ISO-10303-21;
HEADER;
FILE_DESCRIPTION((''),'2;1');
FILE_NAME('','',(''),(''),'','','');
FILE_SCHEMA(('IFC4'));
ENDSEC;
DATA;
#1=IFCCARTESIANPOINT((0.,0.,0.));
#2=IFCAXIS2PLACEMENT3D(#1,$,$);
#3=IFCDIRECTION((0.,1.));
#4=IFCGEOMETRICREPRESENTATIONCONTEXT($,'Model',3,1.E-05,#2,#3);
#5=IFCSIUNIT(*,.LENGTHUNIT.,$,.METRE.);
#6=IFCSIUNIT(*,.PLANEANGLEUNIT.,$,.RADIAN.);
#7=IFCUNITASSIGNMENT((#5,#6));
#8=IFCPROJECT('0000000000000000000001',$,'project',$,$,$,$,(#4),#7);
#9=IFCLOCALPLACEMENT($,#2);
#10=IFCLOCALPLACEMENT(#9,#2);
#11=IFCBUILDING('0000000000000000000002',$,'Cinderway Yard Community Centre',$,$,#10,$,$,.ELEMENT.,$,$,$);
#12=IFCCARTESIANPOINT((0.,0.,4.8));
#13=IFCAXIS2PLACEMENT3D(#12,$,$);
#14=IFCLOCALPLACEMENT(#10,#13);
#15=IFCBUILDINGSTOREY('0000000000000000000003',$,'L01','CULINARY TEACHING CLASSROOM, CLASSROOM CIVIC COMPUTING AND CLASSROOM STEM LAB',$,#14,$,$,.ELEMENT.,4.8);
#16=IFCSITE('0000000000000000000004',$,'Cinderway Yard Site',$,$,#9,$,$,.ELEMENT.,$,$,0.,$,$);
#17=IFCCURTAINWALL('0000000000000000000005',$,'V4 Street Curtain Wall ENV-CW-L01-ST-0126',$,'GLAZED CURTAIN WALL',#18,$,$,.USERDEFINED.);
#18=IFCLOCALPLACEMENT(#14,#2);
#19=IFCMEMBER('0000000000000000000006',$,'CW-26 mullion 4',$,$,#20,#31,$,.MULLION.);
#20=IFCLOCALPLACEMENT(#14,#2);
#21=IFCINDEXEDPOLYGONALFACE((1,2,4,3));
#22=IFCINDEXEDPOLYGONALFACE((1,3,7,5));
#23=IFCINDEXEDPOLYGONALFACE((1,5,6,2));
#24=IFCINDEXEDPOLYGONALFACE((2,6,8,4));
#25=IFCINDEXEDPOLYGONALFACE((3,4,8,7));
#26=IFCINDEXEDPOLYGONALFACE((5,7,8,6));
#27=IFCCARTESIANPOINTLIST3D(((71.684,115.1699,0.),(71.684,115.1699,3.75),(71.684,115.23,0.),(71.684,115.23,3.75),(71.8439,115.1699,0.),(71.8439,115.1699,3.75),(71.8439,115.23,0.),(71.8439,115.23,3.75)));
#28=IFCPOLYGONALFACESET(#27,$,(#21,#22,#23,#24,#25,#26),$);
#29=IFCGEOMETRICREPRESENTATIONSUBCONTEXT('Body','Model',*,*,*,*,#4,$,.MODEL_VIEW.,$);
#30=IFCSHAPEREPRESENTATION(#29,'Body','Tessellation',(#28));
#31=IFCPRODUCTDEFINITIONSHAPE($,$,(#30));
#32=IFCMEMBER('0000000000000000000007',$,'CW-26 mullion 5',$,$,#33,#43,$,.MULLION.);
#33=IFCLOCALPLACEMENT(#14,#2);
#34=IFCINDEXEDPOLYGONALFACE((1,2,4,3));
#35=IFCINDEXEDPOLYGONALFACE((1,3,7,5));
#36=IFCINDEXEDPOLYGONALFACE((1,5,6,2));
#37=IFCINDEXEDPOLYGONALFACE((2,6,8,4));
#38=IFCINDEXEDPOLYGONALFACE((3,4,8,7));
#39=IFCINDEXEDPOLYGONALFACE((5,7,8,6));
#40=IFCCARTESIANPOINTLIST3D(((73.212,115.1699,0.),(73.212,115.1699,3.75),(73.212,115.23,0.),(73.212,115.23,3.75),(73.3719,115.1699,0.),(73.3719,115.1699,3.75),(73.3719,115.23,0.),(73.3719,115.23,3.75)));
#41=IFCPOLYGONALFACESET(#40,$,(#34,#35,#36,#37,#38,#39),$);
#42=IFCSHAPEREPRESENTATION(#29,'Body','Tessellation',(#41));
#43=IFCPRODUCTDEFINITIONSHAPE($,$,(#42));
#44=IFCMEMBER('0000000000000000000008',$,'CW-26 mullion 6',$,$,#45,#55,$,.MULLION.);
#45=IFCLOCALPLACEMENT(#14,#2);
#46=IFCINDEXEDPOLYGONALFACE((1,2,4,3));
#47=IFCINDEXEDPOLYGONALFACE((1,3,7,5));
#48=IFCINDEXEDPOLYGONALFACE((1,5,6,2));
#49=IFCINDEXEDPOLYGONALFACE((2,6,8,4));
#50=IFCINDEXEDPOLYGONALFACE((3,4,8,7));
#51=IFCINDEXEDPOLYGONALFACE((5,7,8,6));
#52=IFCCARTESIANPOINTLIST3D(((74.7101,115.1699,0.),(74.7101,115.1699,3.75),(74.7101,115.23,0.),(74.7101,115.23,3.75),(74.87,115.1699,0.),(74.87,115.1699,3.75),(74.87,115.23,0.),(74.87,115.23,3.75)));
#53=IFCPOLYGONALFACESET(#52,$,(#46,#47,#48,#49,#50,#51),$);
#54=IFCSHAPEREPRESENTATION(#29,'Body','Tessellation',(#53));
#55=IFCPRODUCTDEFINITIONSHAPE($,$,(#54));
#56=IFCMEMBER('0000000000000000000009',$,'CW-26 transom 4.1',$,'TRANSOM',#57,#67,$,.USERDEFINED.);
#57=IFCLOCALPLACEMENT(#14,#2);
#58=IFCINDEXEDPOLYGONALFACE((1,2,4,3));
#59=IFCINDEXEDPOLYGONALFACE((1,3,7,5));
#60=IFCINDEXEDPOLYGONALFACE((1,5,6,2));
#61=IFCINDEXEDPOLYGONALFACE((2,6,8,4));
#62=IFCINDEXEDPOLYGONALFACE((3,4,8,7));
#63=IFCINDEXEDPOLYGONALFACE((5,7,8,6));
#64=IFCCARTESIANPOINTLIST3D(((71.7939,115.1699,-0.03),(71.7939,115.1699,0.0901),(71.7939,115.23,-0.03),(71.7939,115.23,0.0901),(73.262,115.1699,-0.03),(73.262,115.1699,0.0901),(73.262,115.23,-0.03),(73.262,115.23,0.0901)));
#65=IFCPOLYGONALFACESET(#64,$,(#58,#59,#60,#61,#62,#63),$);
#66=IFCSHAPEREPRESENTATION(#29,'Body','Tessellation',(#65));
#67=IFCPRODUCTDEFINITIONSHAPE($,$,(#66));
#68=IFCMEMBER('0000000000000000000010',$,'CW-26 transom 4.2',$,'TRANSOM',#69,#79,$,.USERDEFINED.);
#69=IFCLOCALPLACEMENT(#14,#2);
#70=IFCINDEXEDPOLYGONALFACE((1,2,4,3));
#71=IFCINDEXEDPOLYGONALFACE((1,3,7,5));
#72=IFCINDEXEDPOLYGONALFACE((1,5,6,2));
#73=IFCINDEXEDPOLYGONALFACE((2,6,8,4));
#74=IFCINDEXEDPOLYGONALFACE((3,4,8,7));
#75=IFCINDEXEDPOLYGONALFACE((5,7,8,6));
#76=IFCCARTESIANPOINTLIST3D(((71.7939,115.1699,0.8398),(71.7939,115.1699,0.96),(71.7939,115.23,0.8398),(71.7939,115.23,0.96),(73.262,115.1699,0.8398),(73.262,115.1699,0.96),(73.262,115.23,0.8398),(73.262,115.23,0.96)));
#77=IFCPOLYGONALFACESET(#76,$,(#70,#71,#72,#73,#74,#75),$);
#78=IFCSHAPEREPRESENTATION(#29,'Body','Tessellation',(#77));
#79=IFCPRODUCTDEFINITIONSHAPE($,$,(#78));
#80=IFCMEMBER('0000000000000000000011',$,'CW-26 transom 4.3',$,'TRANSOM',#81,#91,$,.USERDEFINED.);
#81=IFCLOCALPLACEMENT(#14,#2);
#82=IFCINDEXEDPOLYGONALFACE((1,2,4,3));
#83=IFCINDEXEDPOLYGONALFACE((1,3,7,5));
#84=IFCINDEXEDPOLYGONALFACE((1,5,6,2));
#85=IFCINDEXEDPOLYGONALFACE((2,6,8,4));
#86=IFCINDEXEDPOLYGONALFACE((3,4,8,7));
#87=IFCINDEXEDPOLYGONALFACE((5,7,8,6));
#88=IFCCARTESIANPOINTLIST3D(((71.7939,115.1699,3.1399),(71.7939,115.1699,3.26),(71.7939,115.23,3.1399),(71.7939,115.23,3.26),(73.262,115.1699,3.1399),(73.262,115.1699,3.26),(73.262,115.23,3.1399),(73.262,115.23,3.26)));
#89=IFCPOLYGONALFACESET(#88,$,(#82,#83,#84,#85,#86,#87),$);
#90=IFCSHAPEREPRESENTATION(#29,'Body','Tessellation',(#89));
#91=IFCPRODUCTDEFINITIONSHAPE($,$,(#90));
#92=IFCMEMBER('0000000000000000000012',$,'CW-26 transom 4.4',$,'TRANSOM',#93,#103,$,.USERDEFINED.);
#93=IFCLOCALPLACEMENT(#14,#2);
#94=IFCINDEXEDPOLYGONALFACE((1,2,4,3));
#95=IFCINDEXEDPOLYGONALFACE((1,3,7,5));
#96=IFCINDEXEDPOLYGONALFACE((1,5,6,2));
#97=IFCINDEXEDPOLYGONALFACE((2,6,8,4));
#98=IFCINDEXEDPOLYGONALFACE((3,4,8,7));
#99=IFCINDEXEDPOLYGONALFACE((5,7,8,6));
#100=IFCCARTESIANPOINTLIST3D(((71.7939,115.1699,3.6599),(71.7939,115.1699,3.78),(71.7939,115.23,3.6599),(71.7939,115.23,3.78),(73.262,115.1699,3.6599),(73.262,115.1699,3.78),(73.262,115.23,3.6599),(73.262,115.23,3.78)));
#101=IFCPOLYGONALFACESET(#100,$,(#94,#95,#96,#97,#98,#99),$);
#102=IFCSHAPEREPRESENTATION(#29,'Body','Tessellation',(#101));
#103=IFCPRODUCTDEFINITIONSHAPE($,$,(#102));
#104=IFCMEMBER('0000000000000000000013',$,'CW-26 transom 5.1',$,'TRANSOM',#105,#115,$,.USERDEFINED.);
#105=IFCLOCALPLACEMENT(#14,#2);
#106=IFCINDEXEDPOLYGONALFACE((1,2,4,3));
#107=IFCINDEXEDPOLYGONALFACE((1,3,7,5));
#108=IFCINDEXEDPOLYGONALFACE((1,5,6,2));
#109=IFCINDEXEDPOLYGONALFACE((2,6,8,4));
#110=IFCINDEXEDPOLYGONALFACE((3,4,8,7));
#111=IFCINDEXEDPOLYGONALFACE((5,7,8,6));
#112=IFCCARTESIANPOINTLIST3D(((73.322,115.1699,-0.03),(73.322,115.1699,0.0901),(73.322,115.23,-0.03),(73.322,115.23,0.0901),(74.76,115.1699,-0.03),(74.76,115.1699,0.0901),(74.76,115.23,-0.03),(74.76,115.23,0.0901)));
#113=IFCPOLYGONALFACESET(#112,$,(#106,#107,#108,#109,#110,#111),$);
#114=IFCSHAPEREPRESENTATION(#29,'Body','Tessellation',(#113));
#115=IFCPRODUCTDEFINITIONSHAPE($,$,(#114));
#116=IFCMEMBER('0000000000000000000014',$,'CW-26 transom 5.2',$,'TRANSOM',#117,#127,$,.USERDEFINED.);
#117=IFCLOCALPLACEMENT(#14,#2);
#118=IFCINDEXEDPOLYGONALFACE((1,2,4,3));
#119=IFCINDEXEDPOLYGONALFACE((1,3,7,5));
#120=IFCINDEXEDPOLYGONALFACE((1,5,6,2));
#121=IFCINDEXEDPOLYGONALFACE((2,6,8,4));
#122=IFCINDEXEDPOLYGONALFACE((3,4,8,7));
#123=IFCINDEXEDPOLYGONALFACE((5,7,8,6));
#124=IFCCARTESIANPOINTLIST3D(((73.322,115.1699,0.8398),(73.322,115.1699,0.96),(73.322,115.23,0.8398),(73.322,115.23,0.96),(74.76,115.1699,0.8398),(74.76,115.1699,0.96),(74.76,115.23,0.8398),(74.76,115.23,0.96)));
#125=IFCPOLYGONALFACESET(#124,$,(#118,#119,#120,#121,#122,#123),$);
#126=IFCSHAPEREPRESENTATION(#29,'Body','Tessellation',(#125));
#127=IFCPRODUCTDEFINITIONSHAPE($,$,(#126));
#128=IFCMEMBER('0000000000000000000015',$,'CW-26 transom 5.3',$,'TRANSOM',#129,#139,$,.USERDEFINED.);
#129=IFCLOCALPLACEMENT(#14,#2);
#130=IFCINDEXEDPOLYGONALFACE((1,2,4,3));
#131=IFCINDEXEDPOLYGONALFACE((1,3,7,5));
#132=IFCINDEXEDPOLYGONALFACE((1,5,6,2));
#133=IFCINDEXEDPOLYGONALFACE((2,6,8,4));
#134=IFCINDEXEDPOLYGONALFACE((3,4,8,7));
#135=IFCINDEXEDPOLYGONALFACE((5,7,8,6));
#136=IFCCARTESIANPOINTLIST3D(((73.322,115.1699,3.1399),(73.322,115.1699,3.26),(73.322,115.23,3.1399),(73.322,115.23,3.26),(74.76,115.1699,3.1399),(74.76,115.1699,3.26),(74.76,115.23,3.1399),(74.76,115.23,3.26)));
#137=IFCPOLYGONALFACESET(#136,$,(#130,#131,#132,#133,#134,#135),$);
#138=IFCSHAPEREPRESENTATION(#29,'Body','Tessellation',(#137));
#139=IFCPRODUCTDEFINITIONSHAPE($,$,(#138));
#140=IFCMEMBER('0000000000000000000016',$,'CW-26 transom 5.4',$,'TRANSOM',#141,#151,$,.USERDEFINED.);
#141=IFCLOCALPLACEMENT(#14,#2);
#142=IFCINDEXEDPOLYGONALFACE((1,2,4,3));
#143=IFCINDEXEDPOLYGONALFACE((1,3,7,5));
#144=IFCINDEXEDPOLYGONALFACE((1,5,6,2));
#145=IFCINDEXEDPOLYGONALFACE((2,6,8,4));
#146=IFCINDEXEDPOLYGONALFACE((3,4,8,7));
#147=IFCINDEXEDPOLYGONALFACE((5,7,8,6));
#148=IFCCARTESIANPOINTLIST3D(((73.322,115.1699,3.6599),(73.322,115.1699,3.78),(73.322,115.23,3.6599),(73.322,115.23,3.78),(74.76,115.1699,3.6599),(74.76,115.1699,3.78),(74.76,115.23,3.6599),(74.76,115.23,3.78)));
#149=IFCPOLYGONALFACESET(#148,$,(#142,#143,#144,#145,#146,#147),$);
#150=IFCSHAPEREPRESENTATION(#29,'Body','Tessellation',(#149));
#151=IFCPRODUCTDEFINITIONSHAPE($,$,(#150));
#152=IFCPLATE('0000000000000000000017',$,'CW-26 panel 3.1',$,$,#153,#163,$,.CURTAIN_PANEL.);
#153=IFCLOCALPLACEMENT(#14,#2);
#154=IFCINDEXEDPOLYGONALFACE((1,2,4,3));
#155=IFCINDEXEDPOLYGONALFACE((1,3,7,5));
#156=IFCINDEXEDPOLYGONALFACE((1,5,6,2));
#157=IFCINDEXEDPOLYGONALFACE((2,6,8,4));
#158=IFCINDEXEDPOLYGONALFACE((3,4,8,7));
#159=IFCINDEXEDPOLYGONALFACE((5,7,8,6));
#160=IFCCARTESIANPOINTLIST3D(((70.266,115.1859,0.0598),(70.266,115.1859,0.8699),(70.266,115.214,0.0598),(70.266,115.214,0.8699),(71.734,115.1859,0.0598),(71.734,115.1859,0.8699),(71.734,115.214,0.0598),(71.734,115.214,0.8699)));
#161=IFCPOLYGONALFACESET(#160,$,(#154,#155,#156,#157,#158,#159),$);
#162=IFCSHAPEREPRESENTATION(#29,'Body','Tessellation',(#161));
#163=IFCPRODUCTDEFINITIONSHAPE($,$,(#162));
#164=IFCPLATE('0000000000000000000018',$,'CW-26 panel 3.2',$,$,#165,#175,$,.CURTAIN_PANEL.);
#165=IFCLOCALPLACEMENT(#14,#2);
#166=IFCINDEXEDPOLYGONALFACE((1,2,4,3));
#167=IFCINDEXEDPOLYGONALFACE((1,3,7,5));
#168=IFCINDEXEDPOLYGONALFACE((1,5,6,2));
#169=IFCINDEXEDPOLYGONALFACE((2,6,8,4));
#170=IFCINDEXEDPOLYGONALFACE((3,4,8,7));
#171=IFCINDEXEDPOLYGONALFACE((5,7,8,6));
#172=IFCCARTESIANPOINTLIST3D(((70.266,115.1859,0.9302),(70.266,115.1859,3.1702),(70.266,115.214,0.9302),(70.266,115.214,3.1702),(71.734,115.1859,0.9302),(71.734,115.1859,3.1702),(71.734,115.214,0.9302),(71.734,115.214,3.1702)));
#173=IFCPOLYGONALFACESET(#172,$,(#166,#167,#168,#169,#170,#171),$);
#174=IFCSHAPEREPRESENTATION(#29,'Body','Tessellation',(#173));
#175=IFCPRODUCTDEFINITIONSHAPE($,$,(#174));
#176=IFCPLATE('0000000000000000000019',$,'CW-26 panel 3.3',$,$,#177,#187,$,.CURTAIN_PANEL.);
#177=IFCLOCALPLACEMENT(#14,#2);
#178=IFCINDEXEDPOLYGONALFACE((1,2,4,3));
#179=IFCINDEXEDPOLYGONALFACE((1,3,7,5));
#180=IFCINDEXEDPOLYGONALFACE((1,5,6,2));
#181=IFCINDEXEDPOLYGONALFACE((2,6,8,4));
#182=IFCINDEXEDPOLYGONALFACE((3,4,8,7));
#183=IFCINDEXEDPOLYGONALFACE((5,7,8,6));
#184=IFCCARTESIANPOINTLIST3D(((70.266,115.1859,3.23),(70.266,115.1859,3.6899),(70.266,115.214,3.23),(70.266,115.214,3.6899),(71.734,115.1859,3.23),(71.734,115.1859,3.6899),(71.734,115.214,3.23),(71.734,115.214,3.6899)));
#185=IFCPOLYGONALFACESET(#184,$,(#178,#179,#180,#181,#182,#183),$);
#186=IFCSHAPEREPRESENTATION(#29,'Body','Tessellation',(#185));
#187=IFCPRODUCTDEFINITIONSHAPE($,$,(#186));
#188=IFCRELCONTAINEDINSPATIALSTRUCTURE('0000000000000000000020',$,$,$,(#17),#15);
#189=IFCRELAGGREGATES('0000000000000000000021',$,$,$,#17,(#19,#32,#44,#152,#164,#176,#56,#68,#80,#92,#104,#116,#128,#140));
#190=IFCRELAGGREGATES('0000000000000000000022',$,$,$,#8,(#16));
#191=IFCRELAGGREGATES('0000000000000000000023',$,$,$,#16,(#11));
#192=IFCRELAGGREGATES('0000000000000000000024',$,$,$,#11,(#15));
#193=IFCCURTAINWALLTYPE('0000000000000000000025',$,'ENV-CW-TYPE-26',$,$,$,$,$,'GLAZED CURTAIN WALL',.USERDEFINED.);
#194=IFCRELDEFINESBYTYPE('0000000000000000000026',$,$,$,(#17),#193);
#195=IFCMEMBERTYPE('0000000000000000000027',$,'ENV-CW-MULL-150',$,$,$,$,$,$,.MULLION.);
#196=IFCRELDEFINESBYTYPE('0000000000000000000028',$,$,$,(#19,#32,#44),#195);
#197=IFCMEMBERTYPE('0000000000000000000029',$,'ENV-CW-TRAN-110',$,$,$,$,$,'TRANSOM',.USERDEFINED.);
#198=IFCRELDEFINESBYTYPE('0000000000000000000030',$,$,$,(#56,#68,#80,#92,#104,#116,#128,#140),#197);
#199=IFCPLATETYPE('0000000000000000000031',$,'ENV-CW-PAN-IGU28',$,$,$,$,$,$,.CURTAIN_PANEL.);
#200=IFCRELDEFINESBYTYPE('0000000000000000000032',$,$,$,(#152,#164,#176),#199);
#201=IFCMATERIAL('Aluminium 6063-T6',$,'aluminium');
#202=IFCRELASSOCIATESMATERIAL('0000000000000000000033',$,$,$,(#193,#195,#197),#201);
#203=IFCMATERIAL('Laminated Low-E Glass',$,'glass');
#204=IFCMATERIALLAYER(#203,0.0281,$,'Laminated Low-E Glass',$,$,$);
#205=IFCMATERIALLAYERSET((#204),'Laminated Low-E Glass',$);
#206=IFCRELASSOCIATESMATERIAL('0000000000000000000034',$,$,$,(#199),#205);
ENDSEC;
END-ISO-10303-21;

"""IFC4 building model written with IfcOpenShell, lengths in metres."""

from ifc_helpers import new_model, si_unit, direction, frame, origin, origin_2d, place, context, subcontext, project, spatial, rectangle, extrude, material, layer, layer_set, material_profile, profile_set, type_object, element, aggregate, save


model = new_model("IFC4")

# Units and contexts
model_context = context("Model", 3, precision=1e-05, world=origin(), true_north=direction((0.0, 1.0)))
body_context = subcontext(model_context, "Body", "Model", "MODEL_VIEW")
ifc_project = project(units=[si_unit("LENGTHUNIT", "METRE"), si_unit("PLANEANGLEUNIT", "RADIAN")], contexts=[model_context])

# Site, building, storey
site_placement = place(None, origin())
site = spatial("IfcSite", under=ifc_project, at=site_placement, Name="Cinderway Yard Site", CompositionType="ELEMENT", RefElevation=0.0)
building_placement = place(site_placement, origin())
building = spatial("IfcBuilding", under=site, at=building_placement, Name="Cinderway Yard Community Centre", CompositionType="ELEMENT")
storey_placement = place(building_placement, frame((0.0, 0.0, 4.8)))
storey = spatial("IfcBuildingStorey", under=building, at=storey_placement, Name="L01", Description="CULINARY TEACHING CLASSROOM, CLASSROOM CIVIC COMPUTING AND CLASSROOM STEM LAB", CompositionType="ELEMENT", Elevation=4.8)

# Curtain wall, members, plates
ifc_material_1 = material(Name="Aluminium 6063-T6", Category="aluminium")
curtain_wall_type = type_object("IfcCurtainWallType", Name="ENV-CW-TYPE-26", ElementType="GLAZED CURTAIN WALL", PredefinedType="USERDEFINED", material=ifc_material_1)
curtain_wall_placement = place(storey_placement, origin())
curtain_wall = element("IfcCurtainWall", 1, at=curtain_wall_placement, inside=storey, type_object=curtain_wall_type, Name="V4 Street Curtain Wall ENV-CW-L01-ST-0126", ObjectType="GLAZED CURTAIN WALL", PredefinedType="USERDEFINED")
ifc_material_profile_1 = material_profile(ifc_material_1, rectangle(XDim=0.0601, YDim=0.1599, at=origin_2d()), Name="Aluminium 6063-T6")
ifc_profile_set_1 = profile_set([ifc_material_profile_1], Name="Aluminium 6063-T6")
member_type_1 = type_object("IfcMemberType", Name="ENV-CW-MULL-150", PredefinedType="MULLION", material=ifc_profile_set_1)
member_1_placement = place(storey_placement, frame((71.7639, 115.2, 0.0), z_axis=(0.0, 0.0, 1.0), x_axis=(0.0, 1.0, 0.0)))
member_1 = element("IfcMember", 2, at=member_1_placement, type_object=member_type_1, Name="CW-26 mullion 4", PredefinedType="MULLION", context=body_context, shape_type="SweptSolid", body=[
    extrude(rectangle(XDim=0.0601, YDim=0.1599, at=origin_2d()), origin(), (0.0, 0.0, 1.0), 3.75),
])
member_2_placement = place(storey_placement, frame((73.292, 115.2, 0.0), z_axis=(0.0, 0.0, 1.0), x_axis=(0.0, 1.0, 0.0)))
member_2 = element("IfcMember", 3, at=member_2_placement, type_object=member_type_1, Name="CW-26 mullion 5", PredefinedType="MULLION", context=body_context, shape_type="SweptSolid", body=[
    extrude(rectangle(XDim=0.0601, YDim=0.1599, at=origin_2d()), origin(), (0.0, 0.0, 1.0), 3.75),
])
member_3_placement = place(storey_placement, frame((74.79, 115.2, 0.0), z_axis=(0.0, 0.0, 1.0), x_axis=(0.0, 1.0, 0.0)))
member_3 = element("IfcMember", 4, at=member_3_placement, type_object=member_type_1, Name="CW-26 mullion 6", PredefinedType="MULLION", context=body_context, shape_type="SweptSolid", body=[
    extrude(rectangle(XDim=0.0601, YDim=0.1599, at=origin_2d()), origin(), (0.0, 0.0, 1.0), 3.75),
])
ifc_material_profile_2 = material_profile(ifc_material_1, rectangle(XDim=0.0601, YDim=0.1201, at=origin_2d()), Name="Aluminium 6063-T6")
ifc_profile_set_2 = profile_set([ifc_material_profile_2], Name="Aluminium 6063-T6")
member_type_2 = type_object("IfcMemberType", Name="ENV-CW-TRAN-110", ElementType="TRANSOM", PredefinedType="USERDEFINED", material=ifc_profile_set_2)
member_4_placement = place(storey_placement, frame((71.7939, 115.2, 0.03), z_axis=(1.0, 0.0, 0.0), x_axis=(0.0, 1.0, 0.0)))
member_4 = element("IfcMember", 5, at=member_4_placement, type_object=member_type_2, Name="CW-26 transom 4.1", ObjectType="TRANSOM", PredefinedType="USERDEFINED", context=body_context, shape_type="SweptSolid", body=[
    extrude(rectangle(XDim=0.0601, YDim=0.1201, at=origin_2d()), origin(), (0.0, 0.0, 1.0), 1.468),
])
member_5_placement = place(storey_placement, frame((71.7939, 115.2, 0.8999), z_axis=(1.0, 0.0, 0.0), x_axis=(0.0, 1.0, 0.0)))
member_5 = element("IfcMember", 6, at=member_5_placement, type_object=member_type_2, Name="CW-26 transom 4.2", ObjectType="TRANSOM", PredefinedType="USERDEFINED", context=body_context, shape_type="SweptSolid", body=[
    extrude(rectangle(XDim=0.0601, YDim=0.1201, at=origin_2d()), origin(), (0.0, 0.0, 1.0), 1.468),
])
member_6_placement = place(storey_placement, frame((71.7939, 115.2, 3.2), z_axis=(1.0, 0.0, 0.0), x_axis=(0.0, 1.0, 0.0)))
member_6 = element("IfcMember", 7, at=member_6_placement, type_object=member_type_2, Name="CW-26 transom 4.3", ObjectType="TRANSOM", PredefinedType="USERDEFINED", context=body_context, shape_type="SweptSolid", body=[
    extrude(rectangle(XDim=0.0601, YDim=0.1201, at=origin_2d()), origin(), (0.0, 0.0, 1.0), 1.468),
])
member_7_placement = place(storey_placement, frame((71.7939, 115.2, 3.72), z_axis=(1.0, 0.0, 0.0), x_axis=(0.0, 1.0, 0.0)))
member_7 = element("IfcMember", 8, at=member_7_placement, type_object=member_type_2, Name="CW-26 transom 4.4", ObjectType="TRANSOM", PredefinedType="USERDEFINED", context=body_context, shape_type="SweptSolid", body=[
    extrude(rectangle(XDim=0.0601, YDim=0.1201, at=origin_2d()), origin(), (0.0, 0.0, 1.0), 1.468),
])
member_8_placement = place(storey_placement, frame((73.322, 115.2, 0.03), z_axis=(1.0, 0.0, 0.0), x_axis=(0.0, 1.0, 0.0)))
member_8 = element("IfcMember", 9, at=member_8_placement, type_object=member_type_2, Name="CW-26 transom 5.1", ObjectType="TRANSOM", PredefinedType="USERDEFINED", context=body_context, shape_type="SweptSolid", body=[
    extrude(rectangle(XDim=0.0601, YDim=0.1201, at=origin_2d()), origin(), (0.0, 0.0, 1.0), 1.438),
])
member_9_placement = place(storey_placement, frame((73.322, 115.2, 0.8999), z_axis=(1.0, 0.0, 0.0), x_axis=(0.0, 1.0, 0.0)))
member_9 = element("IfcMember", 10, at=member_9_placement, type_object=member_type_2, Name="CW-26 transom 5.2", ObjectType="TRANSOM", PredefinedType="USERDEFINED", context=body_context, shape_type="SweptSolid", body=[
    extrude(rectangle(XDim=0.0601, YDim=0.1201, at=origin_2d()), origin(), (0.0, 0.0, 1.0), 1.438),
])
member_10_placement = place(storey_placement, frame((73.322, 115.2, 3.2), z_axis=(1.0, 0.0, 0.0), x_axis=(0.0, 1.0, 0.0)))
member_10 = element("IfcMember", 11, at=member_10_placement, type_object=member_type_2, Name="CW-26 transom 5.3", ObjectType="TRANSOM", PredefinedType="USERDEFINED", context=body_context, shape_type="SweptSolid", body=[
    extrude(rectangle(XDim=0.0601, YDim=0.1201, at=origin_2d()), origin(), (0.0, 0.0, 1.0), 1.438),
])
member_11_placement = place(storey_placement, frame((73.322, 115.2, 3.72), z_axis=(1.0, 0.0, 0.0), x_axis=(0.0, 1.0, 0.0)))
member_11 = element("IfcMember", 12, at=member_11_placement, type_object=member_type_2, Name="CW-26 transom 5.4", ObjectType="TRANSOM", PredefinedType="USERDEFINED", context=body_context, shape_type="SweptSolid", body=[
    extrude(rectangle(XDim=0.0601, YDim=0.1201, at=origin_2d()), origin(), (0.0, 0.0, 1.0), 1.438),
])
ifc_material_2 = material(Name="Laminated Low-E Glass", Category="glass")
ifc_layer_1 = layer(ifc_material_2, 0.0281, Name="Laminated Low-E Glass")
ifc_layer_set_1 = layer_set([ifc_layer_1], Name="Laminated Low-E Glass")
plate_type = type_object("IfcPlateType", Name="ENV-CW-PAN-IGU28", PredefinedType="CURTAIN_PANEL", material=ifc_layer_set_1)
plate_1_placement = place(storey_placement, frame((71.0, 115.2, 0.0598), z_axis=(0.0, 0.0, 1.0), x_axis=(1.0, 0.0, 0.0)))
plate_1 = element("IfcPlate", 13, at=plate_1_placement, type_object=plate_type, Name="CW-26 panel 3.1", PredefinedType="CURTAIN_PANEL", context=body_context, shape_type="SweptSolid", body=[
    extrude(rectangle(XDim=1.468, YDim=0.0281, at=origin_2d()), origin(), (0.0, 0.0, 1.0), 0.8101),
])
plate_2_placement = place(storey_placement, frame((71.0, 115.2, 0.9302), z_axis=(0.0, 0.0, 1.0), x_axis=(1.0, 0.0, 0.0)))
plate_2 = element("IfcPlate", 14, at=plate_2_placement, type_object=plate_type, Name="CW-26 panel 3.2", PredefinedType="CURTAIN_PANEL", context=body_context, shape_type="SweptSolid", body=[
    extrude(rectangle(XDim=1.468, YDim=0.0281, at=origin_2d()), origin(), (0.0, 0.0, 1.0), 2.24),
])
plate_3_placement = place(storey_placement, frame((71.0, 115.2, 3.23), z_axis=(0.0, 0.0, 1.0), x_axis=(1.0, 0.0, 0.0)))
plate_3 = element("IfcPlate", 15, at=plate_3_placement, type_object=plate_type, Name="CW-26 panel 3.3", PredefinedType="CURTAIN_PANEL", context=body_context, shape_type="SweptSolid", body=[
    extrude(rectangle(XDim=1.468, YDim=0.0281, at=origin_2d()), origin(), (0.0, 0.0, 1.0), 0.46),
])
aggregate(curtain_wall, [member_1, member_2, member_3, plate_1, plate_2, plate_3, member_4, member_5, member_6, member_7, member_8, member_9, member_10, member_11])

save(model, "model.ifc")
